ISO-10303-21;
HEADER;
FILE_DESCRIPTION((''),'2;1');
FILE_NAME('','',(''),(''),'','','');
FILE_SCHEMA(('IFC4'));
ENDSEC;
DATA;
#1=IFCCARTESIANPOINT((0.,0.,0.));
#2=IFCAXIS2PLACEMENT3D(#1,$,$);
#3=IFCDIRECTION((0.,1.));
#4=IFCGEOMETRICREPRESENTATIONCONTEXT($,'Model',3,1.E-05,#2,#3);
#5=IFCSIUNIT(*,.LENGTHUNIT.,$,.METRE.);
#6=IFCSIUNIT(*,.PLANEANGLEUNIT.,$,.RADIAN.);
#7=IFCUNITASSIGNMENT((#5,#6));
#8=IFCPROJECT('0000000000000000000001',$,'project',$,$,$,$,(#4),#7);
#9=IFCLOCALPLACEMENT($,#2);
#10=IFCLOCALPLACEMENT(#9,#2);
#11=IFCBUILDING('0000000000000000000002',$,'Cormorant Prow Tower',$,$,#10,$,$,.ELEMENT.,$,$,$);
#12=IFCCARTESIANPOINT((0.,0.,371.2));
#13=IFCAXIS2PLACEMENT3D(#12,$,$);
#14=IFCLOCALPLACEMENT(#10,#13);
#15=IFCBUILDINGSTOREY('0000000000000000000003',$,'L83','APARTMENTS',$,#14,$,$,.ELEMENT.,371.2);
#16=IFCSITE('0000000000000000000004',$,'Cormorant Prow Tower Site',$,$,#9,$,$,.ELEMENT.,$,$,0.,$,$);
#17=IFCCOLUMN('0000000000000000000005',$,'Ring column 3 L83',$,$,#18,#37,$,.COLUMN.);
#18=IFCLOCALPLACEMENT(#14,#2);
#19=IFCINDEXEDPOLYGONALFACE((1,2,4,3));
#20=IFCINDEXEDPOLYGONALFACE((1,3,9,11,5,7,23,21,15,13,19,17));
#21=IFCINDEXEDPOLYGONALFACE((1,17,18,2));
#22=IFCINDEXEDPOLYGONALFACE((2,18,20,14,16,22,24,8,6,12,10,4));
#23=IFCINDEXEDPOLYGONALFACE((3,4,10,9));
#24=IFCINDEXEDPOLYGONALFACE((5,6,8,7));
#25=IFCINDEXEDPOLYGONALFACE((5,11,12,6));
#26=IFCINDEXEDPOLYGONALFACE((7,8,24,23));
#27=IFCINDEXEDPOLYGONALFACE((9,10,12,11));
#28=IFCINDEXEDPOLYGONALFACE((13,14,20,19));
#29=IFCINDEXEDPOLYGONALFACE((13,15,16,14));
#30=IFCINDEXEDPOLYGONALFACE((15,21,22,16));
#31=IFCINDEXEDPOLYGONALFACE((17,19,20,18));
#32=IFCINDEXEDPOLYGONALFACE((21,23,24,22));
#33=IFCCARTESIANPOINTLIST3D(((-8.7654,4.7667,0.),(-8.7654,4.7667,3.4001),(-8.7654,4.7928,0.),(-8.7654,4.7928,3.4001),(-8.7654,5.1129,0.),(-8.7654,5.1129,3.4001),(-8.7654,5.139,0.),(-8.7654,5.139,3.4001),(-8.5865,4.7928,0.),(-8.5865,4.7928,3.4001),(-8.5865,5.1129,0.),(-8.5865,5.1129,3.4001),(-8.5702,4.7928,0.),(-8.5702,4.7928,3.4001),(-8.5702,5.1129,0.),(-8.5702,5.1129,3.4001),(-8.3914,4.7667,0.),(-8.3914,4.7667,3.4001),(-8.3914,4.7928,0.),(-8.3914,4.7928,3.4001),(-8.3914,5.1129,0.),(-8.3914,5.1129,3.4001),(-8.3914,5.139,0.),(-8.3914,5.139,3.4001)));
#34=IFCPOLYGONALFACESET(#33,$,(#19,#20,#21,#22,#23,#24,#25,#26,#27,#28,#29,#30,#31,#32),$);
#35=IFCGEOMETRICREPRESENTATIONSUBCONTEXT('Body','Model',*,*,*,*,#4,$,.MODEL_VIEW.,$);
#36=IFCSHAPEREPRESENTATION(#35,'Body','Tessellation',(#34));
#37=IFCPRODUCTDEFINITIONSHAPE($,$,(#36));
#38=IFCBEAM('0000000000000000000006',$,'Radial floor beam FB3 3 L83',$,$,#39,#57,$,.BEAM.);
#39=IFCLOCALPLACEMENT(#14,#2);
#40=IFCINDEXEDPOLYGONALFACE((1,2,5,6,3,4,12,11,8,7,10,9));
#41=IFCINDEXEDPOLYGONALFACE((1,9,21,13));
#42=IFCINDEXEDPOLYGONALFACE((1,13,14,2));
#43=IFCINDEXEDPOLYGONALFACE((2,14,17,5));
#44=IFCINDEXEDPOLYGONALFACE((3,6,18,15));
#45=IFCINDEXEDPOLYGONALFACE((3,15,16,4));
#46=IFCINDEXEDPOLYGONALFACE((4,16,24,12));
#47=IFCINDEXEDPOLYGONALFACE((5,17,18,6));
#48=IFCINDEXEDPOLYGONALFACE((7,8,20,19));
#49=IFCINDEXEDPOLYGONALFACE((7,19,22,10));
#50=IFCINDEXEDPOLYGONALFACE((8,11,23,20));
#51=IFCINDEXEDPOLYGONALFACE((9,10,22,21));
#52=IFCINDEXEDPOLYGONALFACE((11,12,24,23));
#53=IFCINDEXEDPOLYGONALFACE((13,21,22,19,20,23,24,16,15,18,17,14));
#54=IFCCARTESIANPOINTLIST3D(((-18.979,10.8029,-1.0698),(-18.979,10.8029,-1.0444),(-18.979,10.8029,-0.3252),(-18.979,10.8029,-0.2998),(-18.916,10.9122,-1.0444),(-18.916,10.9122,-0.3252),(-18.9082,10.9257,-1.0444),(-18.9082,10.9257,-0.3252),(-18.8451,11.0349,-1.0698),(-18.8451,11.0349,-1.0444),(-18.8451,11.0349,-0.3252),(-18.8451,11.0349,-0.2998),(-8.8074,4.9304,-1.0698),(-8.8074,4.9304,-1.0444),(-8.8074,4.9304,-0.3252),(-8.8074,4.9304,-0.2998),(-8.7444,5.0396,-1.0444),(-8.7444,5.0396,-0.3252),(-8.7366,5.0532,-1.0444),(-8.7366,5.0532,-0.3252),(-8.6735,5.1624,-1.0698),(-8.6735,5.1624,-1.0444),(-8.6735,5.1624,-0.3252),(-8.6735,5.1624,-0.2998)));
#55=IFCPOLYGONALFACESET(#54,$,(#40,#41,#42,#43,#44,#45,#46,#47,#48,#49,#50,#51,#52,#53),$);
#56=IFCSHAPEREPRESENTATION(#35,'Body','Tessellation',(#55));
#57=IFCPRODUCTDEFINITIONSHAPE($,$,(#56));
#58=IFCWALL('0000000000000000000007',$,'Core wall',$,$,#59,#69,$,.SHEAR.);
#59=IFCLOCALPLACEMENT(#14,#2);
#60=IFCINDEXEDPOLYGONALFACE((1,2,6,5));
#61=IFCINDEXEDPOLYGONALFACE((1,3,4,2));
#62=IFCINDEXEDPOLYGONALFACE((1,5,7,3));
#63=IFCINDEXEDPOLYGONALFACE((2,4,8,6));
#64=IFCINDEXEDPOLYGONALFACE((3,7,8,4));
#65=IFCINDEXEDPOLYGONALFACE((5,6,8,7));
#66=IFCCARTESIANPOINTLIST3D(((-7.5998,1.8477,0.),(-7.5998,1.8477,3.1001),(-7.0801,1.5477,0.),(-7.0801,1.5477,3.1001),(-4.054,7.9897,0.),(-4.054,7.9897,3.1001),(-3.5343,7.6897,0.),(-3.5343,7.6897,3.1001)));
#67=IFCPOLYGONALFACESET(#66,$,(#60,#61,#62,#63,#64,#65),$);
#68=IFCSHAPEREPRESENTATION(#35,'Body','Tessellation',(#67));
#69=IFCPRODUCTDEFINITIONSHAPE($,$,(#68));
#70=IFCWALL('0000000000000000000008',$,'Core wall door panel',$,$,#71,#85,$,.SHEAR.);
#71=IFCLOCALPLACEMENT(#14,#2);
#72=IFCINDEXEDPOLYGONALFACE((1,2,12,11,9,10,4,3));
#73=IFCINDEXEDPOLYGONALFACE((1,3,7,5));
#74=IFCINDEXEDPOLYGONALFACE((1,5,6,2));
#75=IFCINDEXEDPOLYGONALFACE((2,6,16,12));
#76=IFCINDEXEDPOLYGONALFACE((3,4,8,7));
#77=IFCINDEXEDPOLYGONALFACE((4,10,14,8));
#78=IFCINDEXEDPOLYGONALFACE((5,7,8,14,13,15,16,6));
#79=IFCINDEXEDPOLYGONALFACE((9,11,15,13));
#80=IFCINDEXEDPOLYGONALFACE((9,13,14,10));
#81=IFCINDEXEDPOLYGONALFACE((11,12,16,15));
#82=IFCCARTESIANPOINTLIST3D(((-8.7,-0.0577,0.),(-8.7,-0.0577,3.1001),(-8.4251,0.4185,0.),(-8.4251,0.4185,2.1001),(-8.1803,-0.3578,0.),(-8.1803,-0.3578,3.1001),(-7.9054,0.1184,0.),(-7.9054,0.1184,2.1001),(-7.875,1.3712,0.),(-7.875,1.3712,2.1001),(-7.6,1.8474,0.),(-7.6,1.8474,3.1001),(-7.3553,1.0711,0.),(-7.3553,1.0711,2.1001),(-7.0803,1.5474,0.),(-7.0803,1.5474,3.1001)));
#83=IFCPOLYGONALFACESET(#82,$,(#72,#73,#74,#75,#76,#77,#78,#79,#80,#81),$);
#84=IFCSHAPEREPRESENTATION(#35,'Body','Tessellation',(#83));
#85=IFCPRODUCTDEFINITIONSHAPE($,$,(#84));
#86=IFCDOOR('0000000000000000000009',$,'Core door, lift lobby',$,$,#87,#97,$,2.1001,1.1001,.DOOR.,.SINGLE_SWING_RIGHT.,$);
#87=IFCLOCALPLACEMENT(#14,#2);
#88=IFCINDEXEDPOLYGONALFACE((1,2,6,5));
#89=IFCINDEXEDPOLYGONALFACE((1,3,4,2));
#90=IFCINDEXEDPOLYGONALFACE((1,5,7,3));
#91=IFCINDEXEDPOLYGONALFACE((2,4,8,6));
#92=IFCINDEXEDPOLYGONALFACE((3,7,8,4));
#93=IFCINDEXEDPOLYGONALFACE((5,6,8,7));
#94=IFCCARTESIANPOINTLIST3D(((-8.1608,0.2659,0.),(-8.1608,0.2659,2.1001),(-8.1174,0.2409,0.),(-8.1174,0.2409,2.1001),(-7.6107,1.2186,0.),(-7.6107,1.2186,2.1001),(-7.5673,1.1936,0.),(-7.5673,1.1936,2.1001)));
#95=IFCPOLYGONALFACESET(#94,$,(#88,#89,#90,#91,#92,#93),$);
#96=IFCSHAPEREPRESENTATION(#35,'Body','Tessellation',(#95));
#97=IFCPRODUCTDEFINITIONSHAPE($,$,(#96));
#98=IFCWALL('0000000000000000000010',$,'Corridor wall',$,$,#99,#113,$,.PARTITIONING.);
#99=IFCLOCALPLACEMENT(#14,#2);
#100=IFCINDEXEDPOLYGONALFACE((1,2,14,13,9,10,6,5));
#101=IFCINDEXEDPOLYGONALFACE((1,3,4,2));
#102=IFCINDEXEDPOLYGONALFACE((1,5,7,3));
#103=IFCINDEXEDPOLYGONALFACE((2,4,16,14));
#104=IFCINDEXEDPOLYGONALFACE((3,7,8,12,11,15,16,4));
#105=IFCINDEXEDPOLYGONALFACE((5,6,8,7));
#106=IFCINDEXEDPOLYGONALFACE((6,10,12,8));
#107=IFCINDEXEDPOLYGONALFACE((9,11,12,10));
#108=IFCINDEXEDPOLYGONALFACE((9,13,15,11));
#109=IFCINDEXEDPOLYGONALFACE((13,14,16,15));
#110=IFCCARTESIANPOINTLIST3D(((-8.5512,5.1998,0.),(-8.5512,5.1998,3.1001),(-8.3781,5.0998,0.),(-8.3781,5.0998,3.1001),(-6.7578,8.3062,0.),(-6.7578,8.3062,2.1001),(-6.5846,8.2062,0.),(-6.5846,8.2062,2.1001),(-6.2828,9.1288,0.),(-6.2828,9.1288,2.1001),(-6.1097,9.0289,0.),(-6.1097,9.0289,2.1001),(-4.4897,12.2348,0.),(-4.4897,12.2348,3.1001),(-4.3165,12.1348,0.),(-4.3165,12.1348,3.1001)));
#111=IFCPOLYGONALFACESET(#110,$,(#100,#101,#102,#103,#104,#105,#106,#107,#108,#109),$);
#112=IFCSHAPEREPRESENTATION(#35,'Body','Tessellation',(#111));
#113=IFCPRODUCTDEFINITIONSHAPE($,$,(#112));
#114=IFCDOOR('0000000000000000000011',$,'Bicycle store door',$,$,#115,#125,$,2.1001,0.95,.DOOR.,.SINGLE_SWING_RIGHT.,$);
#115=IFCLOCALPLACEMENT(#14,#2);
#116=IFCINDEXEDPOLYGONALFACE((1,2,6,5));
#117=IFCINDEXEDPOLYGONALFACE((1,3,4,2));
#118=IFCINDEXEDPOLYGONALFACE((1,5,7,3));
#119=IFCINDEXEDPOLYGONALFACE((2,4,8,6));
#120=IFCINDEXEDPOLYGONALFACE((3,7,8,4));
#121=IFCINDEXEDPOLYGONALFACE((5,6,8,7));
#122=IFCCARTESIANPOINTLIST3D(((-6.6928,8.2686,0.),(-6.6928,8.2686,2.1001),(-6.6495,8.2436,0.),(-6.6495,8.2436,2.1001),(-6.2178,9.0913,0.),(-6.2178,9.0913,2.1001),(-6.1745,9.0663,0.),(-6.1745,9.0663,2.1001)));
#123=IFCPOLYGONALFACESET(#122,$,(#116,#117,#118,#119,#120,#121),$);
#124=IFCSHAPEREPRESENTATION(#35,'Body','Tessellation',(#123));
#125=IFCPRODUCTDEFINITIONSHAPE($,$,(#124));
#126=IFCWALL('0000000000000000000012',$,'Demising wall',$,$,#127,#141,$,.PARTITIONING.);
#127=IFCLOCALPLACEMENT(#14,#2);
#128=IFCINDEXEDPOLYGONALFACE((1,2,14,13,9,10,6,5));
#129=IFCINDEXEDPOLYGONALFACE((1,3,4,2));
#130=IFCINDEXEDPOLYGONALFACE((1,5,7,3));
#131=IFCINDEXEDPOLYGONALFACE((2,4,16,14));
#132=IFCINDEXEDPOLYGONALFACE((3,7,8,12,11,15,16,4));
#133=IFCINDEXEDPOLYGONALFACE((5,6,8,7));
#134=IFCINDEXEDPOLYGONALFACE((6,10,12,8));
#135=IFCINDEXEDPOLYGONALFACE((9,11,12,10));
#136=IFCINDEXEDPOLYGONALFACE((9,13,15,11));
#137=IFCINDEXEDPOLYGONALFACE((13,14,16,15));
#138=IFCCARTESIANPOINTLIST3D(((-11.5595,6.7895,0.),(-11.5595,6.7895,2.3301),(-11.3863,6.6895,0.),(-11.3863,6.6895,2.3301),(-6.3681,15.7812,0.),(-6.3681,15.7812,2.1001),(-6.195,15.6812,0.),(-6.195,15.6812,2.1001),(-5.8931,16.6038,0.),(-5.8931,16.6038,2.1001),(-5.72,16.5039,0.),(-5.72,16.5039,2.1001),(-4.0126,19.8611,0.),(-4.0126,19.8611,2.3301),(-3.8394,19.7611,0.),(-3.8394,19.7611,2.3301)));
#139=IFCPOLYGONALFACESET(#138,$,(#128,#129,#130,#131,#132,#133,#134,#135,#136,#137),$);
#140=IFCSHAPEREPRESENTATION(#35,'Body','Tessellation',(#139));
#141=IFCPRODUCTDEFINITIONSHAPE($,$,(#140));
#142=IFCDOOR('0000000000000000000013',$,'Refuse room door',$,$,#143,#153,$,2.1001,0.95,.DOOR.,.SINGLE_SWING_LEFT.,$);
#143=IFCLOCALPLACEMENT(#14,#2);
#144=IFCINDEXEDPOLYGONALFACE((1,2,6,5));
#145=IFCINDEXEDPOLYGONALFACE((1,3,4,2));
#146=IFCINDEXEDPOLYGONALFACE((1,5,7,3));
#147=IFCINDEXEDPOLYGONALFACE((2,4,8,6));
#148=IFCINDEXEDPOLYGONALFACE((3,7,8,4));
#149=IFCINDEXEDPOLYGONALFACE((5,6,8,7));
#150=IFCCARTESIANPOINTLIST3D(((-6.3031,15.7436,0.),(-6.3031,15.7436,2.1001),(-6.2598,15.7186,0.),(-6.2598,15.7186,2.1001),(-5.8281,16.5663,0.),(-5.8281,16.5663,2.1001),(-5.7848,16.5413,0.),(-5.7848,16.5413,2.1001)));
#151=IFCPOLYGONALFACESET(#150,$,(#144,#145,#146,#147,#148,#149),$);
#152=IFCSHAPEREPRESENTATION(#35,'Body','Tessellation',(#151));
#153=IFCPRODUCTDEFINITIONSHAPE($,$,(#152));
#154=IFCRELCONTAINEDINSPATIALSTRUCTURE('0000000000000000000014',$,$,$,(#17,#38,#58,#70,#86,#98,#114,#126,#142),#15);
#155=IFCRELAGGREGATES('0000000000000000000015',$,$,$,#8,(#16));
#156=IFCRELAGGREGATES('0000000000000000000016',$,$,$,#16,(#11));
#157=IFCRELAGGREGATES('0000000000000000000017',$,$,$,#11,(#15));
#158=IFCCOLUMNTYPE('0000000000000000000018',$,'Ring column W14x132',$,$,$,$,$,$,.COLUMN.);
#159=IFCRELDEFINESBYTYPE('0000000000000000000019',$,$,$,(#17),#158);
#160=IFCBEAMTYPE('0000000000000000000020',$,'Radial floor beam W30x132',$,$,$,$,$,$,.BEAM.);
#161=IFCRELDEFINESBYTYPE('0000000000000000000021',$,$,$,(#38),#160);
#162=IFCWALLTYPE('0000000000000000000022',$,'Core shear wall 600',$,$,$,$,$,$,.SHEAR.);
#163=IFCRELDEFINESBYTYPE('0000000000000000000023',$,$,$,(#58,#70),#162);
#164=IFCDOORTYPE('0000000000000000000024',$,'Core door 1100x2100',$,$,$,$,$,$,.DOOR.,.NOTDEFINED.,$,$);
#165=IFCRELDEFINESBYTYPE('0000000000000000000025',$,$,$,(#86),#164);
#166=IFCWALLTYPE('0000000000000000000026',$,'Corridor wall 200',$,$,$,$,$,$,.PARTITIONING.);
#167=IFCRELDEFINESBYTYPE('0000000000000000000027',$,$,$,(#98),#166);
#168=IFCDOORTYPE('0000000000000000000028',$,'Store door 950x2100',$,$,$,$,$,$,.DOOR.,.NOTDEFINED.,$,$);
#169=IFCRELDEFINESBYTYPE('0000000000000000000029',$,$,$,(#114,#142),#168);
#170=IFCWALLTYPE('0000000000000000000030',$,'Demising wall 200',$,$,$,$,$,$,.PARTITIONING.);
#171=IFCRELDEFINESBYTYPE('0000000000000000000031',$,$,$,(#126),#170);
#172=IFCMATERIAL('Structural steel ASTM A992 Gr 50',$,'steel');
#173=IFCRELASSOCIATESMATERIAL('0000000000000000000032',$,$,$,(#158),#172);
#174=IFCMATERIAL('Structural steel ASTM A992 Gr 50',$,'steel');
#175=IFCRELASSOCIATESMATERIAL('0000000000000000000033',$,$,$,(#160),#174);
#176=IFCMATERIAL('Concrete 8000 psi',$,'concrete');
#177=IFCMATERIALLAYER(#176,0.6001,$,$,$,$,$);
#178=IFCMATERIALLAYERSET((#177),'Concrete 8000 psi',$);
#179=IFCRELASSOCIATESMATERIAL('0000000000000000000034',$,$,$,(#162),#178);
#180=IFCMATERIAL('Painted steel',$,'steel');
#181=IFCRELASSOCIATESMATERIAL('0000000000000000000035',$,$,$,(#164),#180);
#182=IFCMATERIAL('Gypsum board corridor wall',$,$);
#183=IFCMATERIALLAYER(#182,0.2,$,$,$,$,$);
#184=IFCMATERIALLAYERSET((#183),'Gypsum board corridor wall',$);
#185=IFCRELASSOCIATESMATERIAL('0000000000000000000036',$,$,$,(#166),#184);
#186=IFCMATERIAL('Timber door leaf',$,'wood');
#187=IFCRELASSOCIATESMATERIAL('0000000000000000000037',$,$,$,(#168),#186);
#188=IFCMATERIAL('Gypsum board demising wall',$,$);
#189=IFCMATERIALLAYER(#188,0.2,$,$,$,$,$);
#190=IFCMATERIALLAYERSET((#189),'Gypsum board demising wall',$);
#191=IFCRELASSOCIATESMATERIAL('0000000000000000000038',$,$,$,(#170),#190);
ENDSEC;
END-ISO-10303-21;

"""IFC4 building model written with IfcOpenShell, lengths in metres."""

from ifc_helpers import new_model, si_unit, direction, frame, frame_2d, origin, origin_2d, place, context, subcontext, project, spatial, rectangle, i_section, extrude, material, layer, layer_set, material_profile, profile_set, type_object, element, fill, save


model = new_model("IFC4")

# Units and contexts
model_context = context("Model", 3, precision=1e-05, world=origin(), true_north=direction((0.0, 1.0)))
body_context = subcontext(model_context, "Body", "Model", "MODEL_VIEW")
ifc_project = project(units=[si_unit("LENGTHUNIT", "METRE"), si_unit("PLANEANGLEUNIT", "RADIAN")], contexts=[model_context])

# Site, building, storey
site_placement = place(None, origin())
site = spatial("IfcSite", under=ifc_project, at=site_placement, Name="Cormorant Prow Tower Site", CompositionType="ELEMENT", RefElevation=0.0)
building_placement = place(site_placement, origin())
building = spatial("IfcBuilding", under=site, at=building_placement, Name="Cormorant Prow Tower", CompositionType="ELEMENT")
storey_placement = place(building_placement, frame((0.0, 0.0, 371.2)))
storey = spatial("IfcBuildingStorey", under=building, at=storey_placement, Name="L83", Description="APARTMENTS", CompositionType="ELEMENT", Elevation=371.2)

# Column
ifc_material_1 = material(Name="Structural steel ASTM A992 Gr 50", Category="steel")
ifc_material_profile_1 = material_profile(ifc_material_1, i_section(OverallWidth=0.374, OverallDepth=0.3723, WebThickness=0.0164, FlangeThickness=0.0261, at=origin_2d()), Name="W14x132")
ifc_profile_set_1 = profile_set([ifc_material_profile_1], Name="Structural steel ASTM A992 Gr 50")
column_type = type_object("IfcColumnType", Name="Ring column W14x132", PredefinedType="COLUMN", material=ifc_profile_set_1)
column_placement = place(storey_placement, frame((-8.5784, 4.9529, 0.0), z_axis=(0.0, 0.0, 1.0), x_axis=(1.0, 0.0, 0.0)))
element("IfcColumn", 1, at=column_placement, inside=storey, type_object=column_type, Name="Ring column 3 L83", PredefinedType="COLUMN", context=body_context, shape_type="SweptSolid", body=[
    extrude(i_section(OverallWidth=0.374, OverallDepth=0.3723, WebThickness=0.0164, FlangeThickness=0.0261, at=origin_2d()), origin(), (0.0, 0.0, 1.0), 3.4001),
])

# Beam
ifc_material_2 = material(Name="Structural steel ASTM A992 Gr 50", Category="steel")
ifc_material_profile_2 = material_profile(ifc_material_2, i_section(OverallWidth=0.2678, OverallDepth=0.77, WebThickness=0.0156, FlangeThickness=0.0254, at=origin_2d()), Name="W30x132")
ifc_profile_set_2 = profile_set([ifc_material_profile_2], Name="Structural steel ASTM A992 Gr 50")
beam_type = type_object("IfcBeamType", Name="Radial floor beam W30x132", PredefinedType="BEAM", material=ifc_profile_set_2)
beam_placement = place(storey_placement, frame((-8.7405, 5.0464, -0.6848), z_axis=(-0.866027, 0.499998, 0.0), x_axis=(-0.499998, -0.866027, 0.0)))
element("IfcBeam", 2, at=beam_placement, inside=storey, type_object=beam_type, Name="Radial floor beam FB3 3 L83", PredefinedType="BEAM", context=body_context, shape_type="SweptSolid", body=[
    extrude(i_section(OverallWidth=0.2678, OverallDepth=0.77, WebThickness=0.0156, FlangeThickness=0.0254, at=origin_2d()), origin(), (0.0, 0.0, 1.0), 11.7451),
])

# Wall
ifc_material_3 = material(Name="Concrete 8000 psi", Category="concrete")
ifc_layer_1 = layer(ifc_material_3, 0.6001)
ifc_layer_set_1 = layer_set([ifc_layer_1], Name="Concrete 8000 psi")
wall_type_1 = type_object("IfcWallType", Name="Core shear wall 600", PredefinedType="SHEAR", material=ifc_layer_set_1)
wall_1_placement = place(storey_placement, frame((-3.7942, 7.8396, 0.0), z_axis=(0.0, 0.0, 1.0), x_axis=(-0.499975, -0.86604, 0.0)))
element("IfcWall", 3, at=wall_1_placement, inside=storey, type_object=wall_type_1, Name="Core wall", PredefinedType="SHEAR", context=body_context, shape_type="SweptSolid", body=[
    extrude(rectangle(XDim=7.092, YDim=0.6001, at=frame_2d((3.5459, 0.0))), origin(), (0.0, 0.0, 1.0), 3.1001),
])

# Walls, openings, doors
wall_2_placement = place(storey_placement, frame((-7.3401, 1.6975, 0.0), z_axis=(0.0, 0.0, 1.0), x_axis=(-0.50003, -0.866008, 0.0)))
wall_2 = element("IfcWall", 4, at=wall_2_placement, inside=storey, type_object=wall_type_1, Name="Core wall door panel", PredefinedType="SHEAR", context=body_context, shape_type="SweptSolid", body=[
    extrude(rectangle(XDim=2.2, YDim=0.6001, at=frame_2d((1.1001, 0.0))), origin(), (0.0, 0.0, 1.0), 3.1001),
])
opening_1_placement = place(wall_2_placement, frame((0.55, 0.0, 0.0)))
opening_1 = element("IfcOpeningElement", 5, at=opening_1_placement, cuts=wall_2, PredefinedType="OPENING", context=body_context, shape_type="SweptSolid", body=[
    extrude(rectangle(XDim=1.1001, YDim=2.1001, at=frame_2d((0.55, 1.05))), frame((0.0, 0.3101, 0.0), z_axis=(0.0, -1.0, 0.0), x_axis=(1.0, 0.0, 0.0)), (0.0, 0.0, 1.0), 0.6201),
])
ifc_material_4 = material(Name="Painted steel", Category="steel")
door_type_1 = type_object("IfcDoorType", Name="Core door 1100x2100", OperationType="NOTDEFINED", PredefinedType="DOOR", material=ifc_material_4)
door_1_placement = place(opening_1_placement, origin())
door_1 = element("IfcDoor", 6, at=door_1_placement, inside=storey, type_object=door_type_1, Name="Core door, lift lobby", OperationType="SINGLE_SWING_RIGHT", OverallHeight=2.1001, OverallWidth=1.1001, PredefinedType="DOOR", context=body_context, shape_type="SweptSolid", body=[
    extrude(rectangle(XDim=1.1001, YDim=2.1001, at=frame_2d((0.55, 1.05))), frame((0.0, 0.0552, 0.0), z_axis=(0.0, -1.0, 0.0), x_axis=(1.0, 0.0, 0.0)), (0.0, 0.0, 1.0), 0.05),
])
fill(opening_1, door_1)
ifc_material_5 = material(Name="Gypsum board corridor wall")
ifc_layer_2 = layer(ifc_material_5, 0.2)
ifc_layer_set_2 = layer_set([ifc_layer_2], Name="Gypsum board corridor wall")
wall_type_2 = type_object("IfcWallType", Name="Corridor wall 200", PredefinedType="PARTITIONING", material=ifc_layer_set_2)
wall_3_placement = place(storey_placement, frame((-8.4646, 5.1499, 0.0), z_axis=(0.0, 0.0, 1.0), x_axis=(0.499992, 0.86603, 0.0)))
wall_3 = element("IfcWall", 7, at=wall_3_placement, inside=storey, type_object=wall_type_2, Name="Corridor wall", PredefinedType="PARTITIONING", context=body_context, shape_type="SweptSolid", body=[
    extrude(rectangle(XDim=8.1233, YDim=0.2, at=frame_2d((4.0615, 0.0))), origin(), (0.0, 0.0, 1.0), 3.1001),
])
opening_2_placement = place(wall_3_placement, frame((3.5867, 0.0, 0.0)))
opening_2 = element("IfcOpeningElement", 8, at=opening_2_placement, cuts=wall_3, PredefinedType="OPENING", context=body_context, shape_type="SweptSolid", body=[
    extrude(rectangle(XDim=0.95, YDim=2.1001, at=frame_2d((0.4751, 1.05))), frame((0.0, 0.1099, 0.0), z_axis=(0.0, -1.0, 0.0), x_axis=(1.0, 0.0, 0.0)), (0.0, 0.0, 1.0), 0.22),
])
ifc_material_6 = material(Name="Timber door leaf", Category="wood")
door_type_2 = type_object("IfcDoorType", Name="Store door 950x2100", OperationType="NOTDEFINED", PredefinedType="DOOR", material=ifc_material_6)
door_2_placement = place(opening_2_placement, origin())
door_2 = element("IfcDoor", 9, at=door_2_placement, inside=storey, type_object=door_type_2, Name="Bicycle store door", OperationType="SINGLE_SWING_RIGHT", OverallHeight=2.1001, OverallWidth=0.95, PredefinedType="DOOR", context=body_context, shape_type="SweptSolid", body=[
    extrude(rectangle(XDim=0.95, YDim=2.1001, at=frame_2d((0.4751, 1.05))), frame((0.0, 0.0249, 0.0), z_axis=(0.0, -1.0, 0.0), x_axis=(1.0, 0.0, 0.0)), (0.0, 0.0, 1.0), 0.05),
])
fill(opening_2, door_2)
ifc_material_7 = material(Name="Gypsum board demising wall")
ifc_layer_3 = layer(ifc_material_7, 0.2)
ifc_layer_set_3 = layer_set([ifc_layer_3], Name="Gypsum board demising wall")
wall_type_3 = type_object("IfcWallType", Name="Demising wall 200", PredefinedType="PARTITIONING", material=ifc_layer_set_3)
wall_4_placement = place(storey_placement, frame((-11.4729, 6.7395, 0.0), z_axis=(0.0, 0.0, 1.0), x_axis=(0.500001, 0.866025, 0.0)))
wall_4 = element("IfcWall", 10, at=wall_4_placement, inside=storey, type_object=wall_type_3, Name="Demising wall", PredefinedType="PARTITIONING", context=body_context, shape_type="SweptSolid", body=[
    extrude(rectangle(XDim=15.0938, YDim=0.2, at=frame_2d((7.5469, 0.0))), origin(), (0.0, 0.0, 1.0), 2.3301),
])
opening_3_placement = place(wall_4_placement, frame((10.3826, 0.0, 0.0)))
opening_3 = element("IfcOpeningElement", 11, at=opening_3_placement, cuts=wall_4, PredefinedType="OPENING", context=body_context, shape_type="SweptSolid", body=[
    extrude(rectangle(XDim=0.95, YDim=2.1001, at=frame_2d((0.4751, 1.05))), frame((0.0, 0.1099, 0.0), z_axis=(0.0, -1.0, 0.0), x_axis=(1.0, 0.0, 0.0)), (0.0, 0.0, 1.0), 0.22),
])
door_3_placement = place(opening_3_placement, origin())
door_3 = element("IfcDoor", 12, at=door_3_placement, inside=storey, type_object=door_type_2, Name="Refuse room door", OperationType="SINGLE_SWING_LEFT", OverallHeight=2.1001, OverallWidth=0.95, PredefinedType="DOOR", context=body_context, shape_type="SweptSolid", body=[
    extrude(rectangle(XDim=0.95, YDim=2.1001, at=frame_2d((0.4751, 1.05))), frame((0.0, 0.0249, 0.0), z_axis=(0.0, -1.0, 0.0), x_axis=(1.0, 0.0, 0.0)), (0.0, 0.0, 1.0), 0.05),
])
fill(opening_3, door_3)

save(model, "model.ifc")
